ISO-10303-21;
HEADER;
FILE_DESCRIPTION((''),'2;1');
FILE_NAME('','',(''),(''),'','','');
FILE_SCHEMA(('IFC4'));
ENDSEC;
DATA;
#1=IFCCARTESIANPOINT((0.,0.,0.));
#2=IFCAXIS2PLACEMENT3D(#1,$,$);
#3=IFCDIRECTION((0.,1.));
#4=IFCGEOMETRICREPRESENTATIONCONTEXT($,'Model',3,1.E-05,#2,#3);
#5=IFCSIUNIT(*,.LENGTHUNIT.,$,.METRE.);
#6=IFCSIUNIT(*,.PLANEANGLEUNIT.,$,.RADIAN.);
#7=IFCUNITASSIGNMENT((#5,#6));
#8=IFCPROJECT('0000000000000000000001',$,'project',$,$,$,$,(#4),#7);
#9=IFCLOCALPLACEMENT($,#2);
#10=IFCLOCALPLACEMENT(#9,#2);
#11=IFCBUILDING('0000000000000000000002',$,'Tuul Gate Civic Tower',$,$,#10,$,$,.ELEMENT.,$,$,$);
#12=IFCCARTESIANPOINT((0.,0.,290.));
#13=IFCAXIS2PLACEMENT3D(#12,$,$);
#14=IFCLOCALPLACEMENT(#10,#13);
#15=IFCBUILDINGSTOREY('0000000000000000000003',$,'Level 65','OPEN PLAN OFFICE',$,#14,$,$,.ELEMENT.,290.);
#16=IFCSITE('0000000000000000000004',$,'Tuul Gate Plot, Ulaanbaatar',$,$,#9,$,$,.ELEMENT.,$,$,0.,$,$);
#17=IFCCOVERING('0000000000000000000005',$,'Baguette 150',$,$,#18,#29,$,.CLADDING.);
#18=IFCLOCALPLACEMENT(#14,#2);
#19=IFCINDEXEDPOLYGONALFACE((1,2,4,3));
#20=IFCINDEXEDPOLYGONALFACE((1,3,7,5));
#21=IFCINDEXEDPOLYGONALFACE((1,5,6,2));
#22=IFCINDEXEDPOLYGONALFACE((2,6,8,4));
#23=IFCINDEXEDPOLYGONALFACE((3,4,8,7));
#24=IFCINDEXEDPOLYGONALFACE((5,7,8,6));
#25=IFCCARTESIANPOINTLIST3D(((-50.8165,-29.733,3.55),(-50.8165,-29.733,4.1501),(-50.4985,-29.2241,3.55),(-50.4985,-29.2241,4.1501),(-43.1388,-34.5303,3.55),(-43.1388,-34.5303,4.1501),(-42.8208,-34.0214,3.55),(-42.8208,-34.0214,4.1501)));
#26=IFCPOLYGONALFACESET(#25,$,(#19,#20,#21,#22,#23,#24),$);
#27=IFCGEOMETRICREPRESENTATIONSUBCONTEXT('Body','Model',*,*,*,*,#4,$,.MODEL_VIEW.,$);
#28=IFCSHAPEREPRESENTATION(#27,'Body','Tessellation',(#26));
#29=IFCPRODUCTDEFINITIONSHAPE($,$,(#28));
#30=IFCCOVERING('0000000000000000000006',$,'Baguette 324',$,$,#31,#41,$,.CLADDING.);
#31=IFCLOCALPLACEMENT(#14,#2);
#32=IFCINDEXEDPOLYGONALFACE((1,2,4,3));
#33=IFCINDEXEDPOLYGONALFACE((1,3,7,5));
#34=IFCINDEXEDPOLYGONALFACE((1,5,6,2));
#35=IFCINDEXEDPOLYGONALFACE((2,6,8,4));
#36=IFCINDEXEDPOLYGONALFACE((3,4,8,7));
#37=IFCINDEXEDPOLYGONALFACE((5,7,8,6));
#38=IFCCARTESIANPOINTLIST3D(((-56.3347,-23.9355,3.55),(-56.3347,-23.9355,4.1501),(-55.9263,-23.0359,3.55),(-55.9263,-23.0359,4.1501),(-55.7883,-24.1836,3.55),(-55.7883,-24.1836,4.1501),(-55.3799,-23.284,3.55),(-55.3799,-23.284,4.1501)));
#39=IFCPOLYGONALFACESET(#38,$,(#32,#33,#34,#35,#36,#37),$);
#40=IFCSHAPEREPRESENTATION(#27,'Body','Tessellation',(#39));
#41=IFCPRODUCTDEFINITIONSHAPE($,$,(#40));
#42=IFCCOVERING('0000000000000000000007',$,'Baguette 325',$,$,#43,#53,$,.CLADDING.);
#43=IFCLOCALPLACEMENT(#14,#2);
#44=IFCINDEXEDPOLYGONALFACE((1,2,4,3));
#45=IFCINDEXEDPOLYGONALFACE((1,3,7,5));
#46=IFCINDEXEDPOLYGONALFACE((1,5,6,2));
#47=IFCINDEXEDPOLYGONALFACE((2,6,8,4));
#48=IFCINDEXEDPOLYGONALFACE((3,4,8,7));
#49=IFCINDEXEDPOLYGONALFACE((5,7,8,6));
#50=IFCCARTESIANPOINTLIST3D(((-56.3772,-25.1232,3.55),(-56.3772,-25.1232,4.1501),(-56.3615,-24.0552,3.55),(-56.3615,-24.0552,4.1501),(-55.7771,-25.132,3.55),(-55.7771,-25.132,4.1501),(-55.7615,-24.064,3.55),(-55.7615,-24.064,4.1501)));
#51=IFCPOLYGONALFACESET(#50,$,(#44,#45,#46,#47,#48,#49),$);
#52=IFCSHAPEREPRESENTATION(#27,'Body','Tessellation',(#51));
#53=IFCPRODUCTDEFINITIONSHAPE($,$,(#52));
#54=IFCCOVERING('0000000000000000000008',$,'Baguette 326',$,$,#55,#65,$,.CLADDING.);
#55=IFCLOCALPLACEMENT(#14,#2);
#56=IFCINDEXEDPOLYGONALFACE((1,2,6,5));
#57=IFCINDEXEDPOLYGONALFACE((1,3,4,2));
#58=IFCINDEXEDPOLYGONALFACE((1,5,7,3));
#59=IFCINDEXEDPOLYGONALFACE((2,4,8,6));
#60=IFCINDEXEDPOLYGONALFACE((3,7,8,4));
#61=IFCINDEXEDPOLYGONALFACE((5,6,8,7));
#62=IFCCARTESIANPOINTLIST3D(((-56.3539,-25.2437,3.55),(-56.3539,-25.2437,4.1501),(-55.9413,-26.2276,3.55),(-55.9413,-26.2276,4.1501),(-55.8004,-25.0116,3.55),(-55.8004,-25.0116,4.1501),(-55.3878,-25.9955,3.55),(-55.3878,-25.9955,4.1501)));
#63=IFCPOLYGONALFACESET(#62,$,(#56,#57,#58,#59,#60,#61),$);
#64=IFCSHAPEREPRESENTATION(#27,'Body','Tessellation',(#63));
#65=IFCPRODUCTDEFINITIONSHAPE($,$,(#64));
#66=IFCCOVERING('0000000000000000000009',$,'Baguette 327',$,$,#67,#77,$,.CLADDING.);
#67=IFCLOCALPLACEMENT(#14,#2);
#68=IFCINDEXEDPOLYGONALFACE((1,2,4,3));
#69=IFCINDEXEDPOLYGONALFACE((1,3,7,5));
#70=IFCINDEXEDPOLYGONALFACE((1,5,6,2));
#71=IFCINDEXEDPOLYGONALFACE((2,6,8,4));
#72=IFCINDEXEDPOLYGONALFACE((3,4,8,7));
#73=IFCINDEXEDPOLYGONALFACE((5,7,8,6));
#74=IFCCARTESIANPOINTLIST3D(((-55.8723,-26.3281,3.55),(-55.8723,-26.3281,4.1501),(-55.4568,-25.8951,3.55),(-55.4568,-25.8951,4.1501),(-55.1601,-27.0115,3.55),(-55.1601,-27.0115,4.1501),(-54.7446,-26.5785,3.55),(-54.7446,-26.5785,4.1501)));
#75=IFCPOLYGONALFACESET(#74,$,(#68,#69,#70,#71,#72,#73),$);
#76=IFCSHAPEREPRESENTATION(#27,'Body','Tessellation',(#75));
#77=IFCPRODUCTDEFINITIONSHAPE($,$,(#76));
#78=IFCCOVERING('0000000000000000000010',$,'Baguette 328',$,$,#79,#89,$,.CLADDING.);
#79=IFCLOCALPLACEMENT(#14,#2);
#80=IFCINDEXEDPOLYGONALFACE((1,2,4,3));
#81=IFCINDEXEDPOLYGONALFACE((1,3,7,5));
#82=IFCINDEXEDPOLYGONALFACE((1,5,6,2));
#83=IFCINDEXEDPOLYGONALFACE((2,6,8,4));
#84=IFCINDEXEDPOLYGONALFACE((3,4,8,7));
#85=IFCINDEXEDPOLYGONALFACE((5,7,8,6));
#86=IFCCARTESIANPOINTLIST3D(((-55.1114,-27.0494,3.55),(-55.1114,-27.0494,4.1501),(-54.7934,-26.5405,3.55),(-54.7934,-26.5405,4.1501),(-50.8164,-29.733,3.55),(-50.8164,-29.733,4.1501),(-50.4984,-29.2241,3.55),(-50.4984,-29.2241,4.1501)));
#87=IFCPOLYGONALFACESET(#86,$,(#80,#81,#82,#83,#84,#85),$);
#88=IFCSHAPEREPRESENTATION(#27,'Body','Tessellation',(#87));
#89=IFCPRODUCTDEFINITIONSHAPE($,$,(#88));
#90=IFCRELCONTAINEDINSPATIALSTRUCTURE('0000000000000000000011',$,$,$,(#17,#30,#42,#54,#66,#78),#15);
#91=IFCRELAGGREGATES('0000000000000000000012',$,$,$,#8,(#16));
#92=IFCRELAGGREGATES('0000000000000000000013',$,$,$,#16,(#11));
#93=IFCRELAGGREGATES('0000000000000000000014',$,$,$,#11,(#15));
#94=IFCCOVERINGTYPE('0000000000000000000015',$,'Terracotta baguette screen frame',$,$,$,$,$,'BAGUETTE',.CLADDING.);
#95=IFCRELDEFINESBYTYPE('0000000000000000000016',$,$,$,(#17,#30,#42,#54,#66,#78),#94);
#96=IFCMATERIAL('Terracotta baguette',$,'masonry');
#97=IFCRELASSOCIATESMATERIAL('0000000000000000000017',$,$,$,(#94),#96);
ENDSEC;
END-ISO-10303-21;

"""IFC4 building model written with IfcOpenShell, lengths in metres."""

from ifc_helpers import new_model, si_unit, direction, frame, origin, origin_2d, place, context, subcontext, project, spatial, rectangle, extrude, material, material_profile, profile_set, type_object, element, save


model = new_model("IFC4")

# Units and contexts
model_context = context("Model", 3, precision=1e-05, world=origin(), true_north=direction((0.0, 1.0)))
body_context = subcontext(model_context, "Body", "Model", "MODEL_VIEW")
ifc_project = project(units=[si_unit("LENGTHUNIT", "METRE"), si_unit("PLANEANGLEUNIT", "RADIAN")], contexts=[model_context])

# Site, building, storey
site_placement = place(None, origin())
site = spatial("IfcSite", under=ifc_project, at=site_placement, Name="Tuul Gate Plot, Ulaanbaatar", CompositionType="ELEMENT", RefElevation=0.0)
building_placement = place(site_placement, origin())
building = spatial("IfcBuilding", under=site, at=building_placement, Name="Tuul Gate Civic Tower", CompositionType="ELEMENT")
storey_placement = place(building_placement, frame((0.0, 0.0, 290.0)))
storey = spatial("IfcBuildingStorey", under=building, at=storey_placement, Name="Level 65", Description="OPEN PLAN OFFICE", CompositionType="ELEMENT", Elevation=290.0)

# Coverings
ifc_material_1 = material(Name="Terracotta baguette", Category="masonry")
ifc_material_profile_1 = material_profile(ifc_material_1, rectangle(XDim=0.6001, YDim=0.6001, at=origin_2d()), Name="Terracotta baguette screen frame")
ifc_profile_set_1 = profile_set([ifc_material_profile_1], Name="Terracotta baguette")
covering_type = type_object("IfcCoveringType", Name="Terracotta baguette screen frame", ElementType="BAGUETTE", PredefinedType="CLADDING", material=ifc_profile_set_1)
covering_1_placement = place(storey_placement, frame((-50.6575, -29.4785, 3.8501), z_axis=(0.848059, -0.529902, 0.0), x_axis=(0.529902, 0.848059, 0.0)))
element("IfcCovering", 1, at=covering_1_placement, inside=storey, type_object=covering_type, Name="Baguette 150", PredefinedType="CLADDING", context=body_context, shape_type="SweptSolid", body=[
    extrude(rectangle(XDim=0.6001, YDim=0.6001, at=origin_2d()), origin(), (0.0, 0.0, 1.0), 9.0532),
])
covering_2_placement = place(storey_placement, frame((-55.6531, -23.1599, 3.8501), z_axis=(-0.413393, -0.910553, 0.0), x_axis=(0.910553, -0.413393, 0.0)))
element("IfcCovering", 2, at=covering_2_placement, inside=storey, type_object=covering_type, Name="Baguette 324", PredefinedType="CLADDING", context=body_context, shape_type="SweptSolid", body=[
    extrude(rectangle(XDim=0.6001, YDim=0.6001, at=origin_2d()), origin(), (0.0, 0.0, 1.0), 0.988),
])
covering_3_placement = place(storey_placement, frame((-56.0615, -24.0596, 3.8501), z_axis=(-0.014627, -0.999893, 0.0), x_axis=(0.999893, -0.014627, 0.0)))
element("IfcCovering", 3, at=covering_3_placement, inside=storey, type_object=covering_type, Name="Baguette 325", PredefinedType="CLADDING", context=body_context, shape_type="SweptSolid", body=[
    extrude(rectangle(XDim=0.6001, YDim=0.6001, at=origin_2d()), origin(), (0.0, 0.0, 1.0), 1.0681),
])
covering_4_placement = place(storey_placement, frame((-56.0771, -25.1277, 3.8501), z_axis=(0.386727, -0.922194, 0.0), x_axis=(0.922194, 0.386727, 0.0)))
element("IfcCovering", 4, at=covering_4_placement, inside=storey, type_object=covering_type, Name="Baguette 326", PredefinedType="CLADDING", context=body_context, shape_type="SweptSolid", body=[
    extrude(rectangle(XDim=0.6001, YDim=0.6001, at=origin_2d()), origin(), (0.0, 0.0, 1.0), 1.0669),
])
covering_5_placement = place(storey_placement, frame((-55.6646, -26.1116, 3.8501), z_axis=(0.72155, -0.692362, 0.0), x_axis=(0.692362, 0.72155, 0.0)))
element("IfcCovering", 5, at=covering_5_placement, inside=storey, type_object=covering_type, Name="Baguette 327", PredefinedType="CLADDING", context=body_context, shape_type="SweptSolid", body=[
    extrude(rectangle(XDim=0.6001, YDim=0.6001, at=origin_2d()), origin(), (0.0, 0.0, 1.0), 0.9871),
])
covering_6_placement = place(storey_placement, frame((-54.9524, -26.7949, 3.8501), z_axis=(0.848063, -0.529895, 0.0), x_axis=(0.529895, 0.848063, 0.0)))
element("IfcCovering", 6, at=covering_6_placement, inside=storey, type_object=covering_type, Name="Baguette 328", PredefinedType="CLADDING", context=body_context, shape_type="SweptSolid", body=[
    extrude(rectangle(XDim=0.6001, YDim=0.6001, at=origin_2d()), origin(), (0.0, 0.0, 1.0), 5.0645),
])

save(model, "model.ifc")
